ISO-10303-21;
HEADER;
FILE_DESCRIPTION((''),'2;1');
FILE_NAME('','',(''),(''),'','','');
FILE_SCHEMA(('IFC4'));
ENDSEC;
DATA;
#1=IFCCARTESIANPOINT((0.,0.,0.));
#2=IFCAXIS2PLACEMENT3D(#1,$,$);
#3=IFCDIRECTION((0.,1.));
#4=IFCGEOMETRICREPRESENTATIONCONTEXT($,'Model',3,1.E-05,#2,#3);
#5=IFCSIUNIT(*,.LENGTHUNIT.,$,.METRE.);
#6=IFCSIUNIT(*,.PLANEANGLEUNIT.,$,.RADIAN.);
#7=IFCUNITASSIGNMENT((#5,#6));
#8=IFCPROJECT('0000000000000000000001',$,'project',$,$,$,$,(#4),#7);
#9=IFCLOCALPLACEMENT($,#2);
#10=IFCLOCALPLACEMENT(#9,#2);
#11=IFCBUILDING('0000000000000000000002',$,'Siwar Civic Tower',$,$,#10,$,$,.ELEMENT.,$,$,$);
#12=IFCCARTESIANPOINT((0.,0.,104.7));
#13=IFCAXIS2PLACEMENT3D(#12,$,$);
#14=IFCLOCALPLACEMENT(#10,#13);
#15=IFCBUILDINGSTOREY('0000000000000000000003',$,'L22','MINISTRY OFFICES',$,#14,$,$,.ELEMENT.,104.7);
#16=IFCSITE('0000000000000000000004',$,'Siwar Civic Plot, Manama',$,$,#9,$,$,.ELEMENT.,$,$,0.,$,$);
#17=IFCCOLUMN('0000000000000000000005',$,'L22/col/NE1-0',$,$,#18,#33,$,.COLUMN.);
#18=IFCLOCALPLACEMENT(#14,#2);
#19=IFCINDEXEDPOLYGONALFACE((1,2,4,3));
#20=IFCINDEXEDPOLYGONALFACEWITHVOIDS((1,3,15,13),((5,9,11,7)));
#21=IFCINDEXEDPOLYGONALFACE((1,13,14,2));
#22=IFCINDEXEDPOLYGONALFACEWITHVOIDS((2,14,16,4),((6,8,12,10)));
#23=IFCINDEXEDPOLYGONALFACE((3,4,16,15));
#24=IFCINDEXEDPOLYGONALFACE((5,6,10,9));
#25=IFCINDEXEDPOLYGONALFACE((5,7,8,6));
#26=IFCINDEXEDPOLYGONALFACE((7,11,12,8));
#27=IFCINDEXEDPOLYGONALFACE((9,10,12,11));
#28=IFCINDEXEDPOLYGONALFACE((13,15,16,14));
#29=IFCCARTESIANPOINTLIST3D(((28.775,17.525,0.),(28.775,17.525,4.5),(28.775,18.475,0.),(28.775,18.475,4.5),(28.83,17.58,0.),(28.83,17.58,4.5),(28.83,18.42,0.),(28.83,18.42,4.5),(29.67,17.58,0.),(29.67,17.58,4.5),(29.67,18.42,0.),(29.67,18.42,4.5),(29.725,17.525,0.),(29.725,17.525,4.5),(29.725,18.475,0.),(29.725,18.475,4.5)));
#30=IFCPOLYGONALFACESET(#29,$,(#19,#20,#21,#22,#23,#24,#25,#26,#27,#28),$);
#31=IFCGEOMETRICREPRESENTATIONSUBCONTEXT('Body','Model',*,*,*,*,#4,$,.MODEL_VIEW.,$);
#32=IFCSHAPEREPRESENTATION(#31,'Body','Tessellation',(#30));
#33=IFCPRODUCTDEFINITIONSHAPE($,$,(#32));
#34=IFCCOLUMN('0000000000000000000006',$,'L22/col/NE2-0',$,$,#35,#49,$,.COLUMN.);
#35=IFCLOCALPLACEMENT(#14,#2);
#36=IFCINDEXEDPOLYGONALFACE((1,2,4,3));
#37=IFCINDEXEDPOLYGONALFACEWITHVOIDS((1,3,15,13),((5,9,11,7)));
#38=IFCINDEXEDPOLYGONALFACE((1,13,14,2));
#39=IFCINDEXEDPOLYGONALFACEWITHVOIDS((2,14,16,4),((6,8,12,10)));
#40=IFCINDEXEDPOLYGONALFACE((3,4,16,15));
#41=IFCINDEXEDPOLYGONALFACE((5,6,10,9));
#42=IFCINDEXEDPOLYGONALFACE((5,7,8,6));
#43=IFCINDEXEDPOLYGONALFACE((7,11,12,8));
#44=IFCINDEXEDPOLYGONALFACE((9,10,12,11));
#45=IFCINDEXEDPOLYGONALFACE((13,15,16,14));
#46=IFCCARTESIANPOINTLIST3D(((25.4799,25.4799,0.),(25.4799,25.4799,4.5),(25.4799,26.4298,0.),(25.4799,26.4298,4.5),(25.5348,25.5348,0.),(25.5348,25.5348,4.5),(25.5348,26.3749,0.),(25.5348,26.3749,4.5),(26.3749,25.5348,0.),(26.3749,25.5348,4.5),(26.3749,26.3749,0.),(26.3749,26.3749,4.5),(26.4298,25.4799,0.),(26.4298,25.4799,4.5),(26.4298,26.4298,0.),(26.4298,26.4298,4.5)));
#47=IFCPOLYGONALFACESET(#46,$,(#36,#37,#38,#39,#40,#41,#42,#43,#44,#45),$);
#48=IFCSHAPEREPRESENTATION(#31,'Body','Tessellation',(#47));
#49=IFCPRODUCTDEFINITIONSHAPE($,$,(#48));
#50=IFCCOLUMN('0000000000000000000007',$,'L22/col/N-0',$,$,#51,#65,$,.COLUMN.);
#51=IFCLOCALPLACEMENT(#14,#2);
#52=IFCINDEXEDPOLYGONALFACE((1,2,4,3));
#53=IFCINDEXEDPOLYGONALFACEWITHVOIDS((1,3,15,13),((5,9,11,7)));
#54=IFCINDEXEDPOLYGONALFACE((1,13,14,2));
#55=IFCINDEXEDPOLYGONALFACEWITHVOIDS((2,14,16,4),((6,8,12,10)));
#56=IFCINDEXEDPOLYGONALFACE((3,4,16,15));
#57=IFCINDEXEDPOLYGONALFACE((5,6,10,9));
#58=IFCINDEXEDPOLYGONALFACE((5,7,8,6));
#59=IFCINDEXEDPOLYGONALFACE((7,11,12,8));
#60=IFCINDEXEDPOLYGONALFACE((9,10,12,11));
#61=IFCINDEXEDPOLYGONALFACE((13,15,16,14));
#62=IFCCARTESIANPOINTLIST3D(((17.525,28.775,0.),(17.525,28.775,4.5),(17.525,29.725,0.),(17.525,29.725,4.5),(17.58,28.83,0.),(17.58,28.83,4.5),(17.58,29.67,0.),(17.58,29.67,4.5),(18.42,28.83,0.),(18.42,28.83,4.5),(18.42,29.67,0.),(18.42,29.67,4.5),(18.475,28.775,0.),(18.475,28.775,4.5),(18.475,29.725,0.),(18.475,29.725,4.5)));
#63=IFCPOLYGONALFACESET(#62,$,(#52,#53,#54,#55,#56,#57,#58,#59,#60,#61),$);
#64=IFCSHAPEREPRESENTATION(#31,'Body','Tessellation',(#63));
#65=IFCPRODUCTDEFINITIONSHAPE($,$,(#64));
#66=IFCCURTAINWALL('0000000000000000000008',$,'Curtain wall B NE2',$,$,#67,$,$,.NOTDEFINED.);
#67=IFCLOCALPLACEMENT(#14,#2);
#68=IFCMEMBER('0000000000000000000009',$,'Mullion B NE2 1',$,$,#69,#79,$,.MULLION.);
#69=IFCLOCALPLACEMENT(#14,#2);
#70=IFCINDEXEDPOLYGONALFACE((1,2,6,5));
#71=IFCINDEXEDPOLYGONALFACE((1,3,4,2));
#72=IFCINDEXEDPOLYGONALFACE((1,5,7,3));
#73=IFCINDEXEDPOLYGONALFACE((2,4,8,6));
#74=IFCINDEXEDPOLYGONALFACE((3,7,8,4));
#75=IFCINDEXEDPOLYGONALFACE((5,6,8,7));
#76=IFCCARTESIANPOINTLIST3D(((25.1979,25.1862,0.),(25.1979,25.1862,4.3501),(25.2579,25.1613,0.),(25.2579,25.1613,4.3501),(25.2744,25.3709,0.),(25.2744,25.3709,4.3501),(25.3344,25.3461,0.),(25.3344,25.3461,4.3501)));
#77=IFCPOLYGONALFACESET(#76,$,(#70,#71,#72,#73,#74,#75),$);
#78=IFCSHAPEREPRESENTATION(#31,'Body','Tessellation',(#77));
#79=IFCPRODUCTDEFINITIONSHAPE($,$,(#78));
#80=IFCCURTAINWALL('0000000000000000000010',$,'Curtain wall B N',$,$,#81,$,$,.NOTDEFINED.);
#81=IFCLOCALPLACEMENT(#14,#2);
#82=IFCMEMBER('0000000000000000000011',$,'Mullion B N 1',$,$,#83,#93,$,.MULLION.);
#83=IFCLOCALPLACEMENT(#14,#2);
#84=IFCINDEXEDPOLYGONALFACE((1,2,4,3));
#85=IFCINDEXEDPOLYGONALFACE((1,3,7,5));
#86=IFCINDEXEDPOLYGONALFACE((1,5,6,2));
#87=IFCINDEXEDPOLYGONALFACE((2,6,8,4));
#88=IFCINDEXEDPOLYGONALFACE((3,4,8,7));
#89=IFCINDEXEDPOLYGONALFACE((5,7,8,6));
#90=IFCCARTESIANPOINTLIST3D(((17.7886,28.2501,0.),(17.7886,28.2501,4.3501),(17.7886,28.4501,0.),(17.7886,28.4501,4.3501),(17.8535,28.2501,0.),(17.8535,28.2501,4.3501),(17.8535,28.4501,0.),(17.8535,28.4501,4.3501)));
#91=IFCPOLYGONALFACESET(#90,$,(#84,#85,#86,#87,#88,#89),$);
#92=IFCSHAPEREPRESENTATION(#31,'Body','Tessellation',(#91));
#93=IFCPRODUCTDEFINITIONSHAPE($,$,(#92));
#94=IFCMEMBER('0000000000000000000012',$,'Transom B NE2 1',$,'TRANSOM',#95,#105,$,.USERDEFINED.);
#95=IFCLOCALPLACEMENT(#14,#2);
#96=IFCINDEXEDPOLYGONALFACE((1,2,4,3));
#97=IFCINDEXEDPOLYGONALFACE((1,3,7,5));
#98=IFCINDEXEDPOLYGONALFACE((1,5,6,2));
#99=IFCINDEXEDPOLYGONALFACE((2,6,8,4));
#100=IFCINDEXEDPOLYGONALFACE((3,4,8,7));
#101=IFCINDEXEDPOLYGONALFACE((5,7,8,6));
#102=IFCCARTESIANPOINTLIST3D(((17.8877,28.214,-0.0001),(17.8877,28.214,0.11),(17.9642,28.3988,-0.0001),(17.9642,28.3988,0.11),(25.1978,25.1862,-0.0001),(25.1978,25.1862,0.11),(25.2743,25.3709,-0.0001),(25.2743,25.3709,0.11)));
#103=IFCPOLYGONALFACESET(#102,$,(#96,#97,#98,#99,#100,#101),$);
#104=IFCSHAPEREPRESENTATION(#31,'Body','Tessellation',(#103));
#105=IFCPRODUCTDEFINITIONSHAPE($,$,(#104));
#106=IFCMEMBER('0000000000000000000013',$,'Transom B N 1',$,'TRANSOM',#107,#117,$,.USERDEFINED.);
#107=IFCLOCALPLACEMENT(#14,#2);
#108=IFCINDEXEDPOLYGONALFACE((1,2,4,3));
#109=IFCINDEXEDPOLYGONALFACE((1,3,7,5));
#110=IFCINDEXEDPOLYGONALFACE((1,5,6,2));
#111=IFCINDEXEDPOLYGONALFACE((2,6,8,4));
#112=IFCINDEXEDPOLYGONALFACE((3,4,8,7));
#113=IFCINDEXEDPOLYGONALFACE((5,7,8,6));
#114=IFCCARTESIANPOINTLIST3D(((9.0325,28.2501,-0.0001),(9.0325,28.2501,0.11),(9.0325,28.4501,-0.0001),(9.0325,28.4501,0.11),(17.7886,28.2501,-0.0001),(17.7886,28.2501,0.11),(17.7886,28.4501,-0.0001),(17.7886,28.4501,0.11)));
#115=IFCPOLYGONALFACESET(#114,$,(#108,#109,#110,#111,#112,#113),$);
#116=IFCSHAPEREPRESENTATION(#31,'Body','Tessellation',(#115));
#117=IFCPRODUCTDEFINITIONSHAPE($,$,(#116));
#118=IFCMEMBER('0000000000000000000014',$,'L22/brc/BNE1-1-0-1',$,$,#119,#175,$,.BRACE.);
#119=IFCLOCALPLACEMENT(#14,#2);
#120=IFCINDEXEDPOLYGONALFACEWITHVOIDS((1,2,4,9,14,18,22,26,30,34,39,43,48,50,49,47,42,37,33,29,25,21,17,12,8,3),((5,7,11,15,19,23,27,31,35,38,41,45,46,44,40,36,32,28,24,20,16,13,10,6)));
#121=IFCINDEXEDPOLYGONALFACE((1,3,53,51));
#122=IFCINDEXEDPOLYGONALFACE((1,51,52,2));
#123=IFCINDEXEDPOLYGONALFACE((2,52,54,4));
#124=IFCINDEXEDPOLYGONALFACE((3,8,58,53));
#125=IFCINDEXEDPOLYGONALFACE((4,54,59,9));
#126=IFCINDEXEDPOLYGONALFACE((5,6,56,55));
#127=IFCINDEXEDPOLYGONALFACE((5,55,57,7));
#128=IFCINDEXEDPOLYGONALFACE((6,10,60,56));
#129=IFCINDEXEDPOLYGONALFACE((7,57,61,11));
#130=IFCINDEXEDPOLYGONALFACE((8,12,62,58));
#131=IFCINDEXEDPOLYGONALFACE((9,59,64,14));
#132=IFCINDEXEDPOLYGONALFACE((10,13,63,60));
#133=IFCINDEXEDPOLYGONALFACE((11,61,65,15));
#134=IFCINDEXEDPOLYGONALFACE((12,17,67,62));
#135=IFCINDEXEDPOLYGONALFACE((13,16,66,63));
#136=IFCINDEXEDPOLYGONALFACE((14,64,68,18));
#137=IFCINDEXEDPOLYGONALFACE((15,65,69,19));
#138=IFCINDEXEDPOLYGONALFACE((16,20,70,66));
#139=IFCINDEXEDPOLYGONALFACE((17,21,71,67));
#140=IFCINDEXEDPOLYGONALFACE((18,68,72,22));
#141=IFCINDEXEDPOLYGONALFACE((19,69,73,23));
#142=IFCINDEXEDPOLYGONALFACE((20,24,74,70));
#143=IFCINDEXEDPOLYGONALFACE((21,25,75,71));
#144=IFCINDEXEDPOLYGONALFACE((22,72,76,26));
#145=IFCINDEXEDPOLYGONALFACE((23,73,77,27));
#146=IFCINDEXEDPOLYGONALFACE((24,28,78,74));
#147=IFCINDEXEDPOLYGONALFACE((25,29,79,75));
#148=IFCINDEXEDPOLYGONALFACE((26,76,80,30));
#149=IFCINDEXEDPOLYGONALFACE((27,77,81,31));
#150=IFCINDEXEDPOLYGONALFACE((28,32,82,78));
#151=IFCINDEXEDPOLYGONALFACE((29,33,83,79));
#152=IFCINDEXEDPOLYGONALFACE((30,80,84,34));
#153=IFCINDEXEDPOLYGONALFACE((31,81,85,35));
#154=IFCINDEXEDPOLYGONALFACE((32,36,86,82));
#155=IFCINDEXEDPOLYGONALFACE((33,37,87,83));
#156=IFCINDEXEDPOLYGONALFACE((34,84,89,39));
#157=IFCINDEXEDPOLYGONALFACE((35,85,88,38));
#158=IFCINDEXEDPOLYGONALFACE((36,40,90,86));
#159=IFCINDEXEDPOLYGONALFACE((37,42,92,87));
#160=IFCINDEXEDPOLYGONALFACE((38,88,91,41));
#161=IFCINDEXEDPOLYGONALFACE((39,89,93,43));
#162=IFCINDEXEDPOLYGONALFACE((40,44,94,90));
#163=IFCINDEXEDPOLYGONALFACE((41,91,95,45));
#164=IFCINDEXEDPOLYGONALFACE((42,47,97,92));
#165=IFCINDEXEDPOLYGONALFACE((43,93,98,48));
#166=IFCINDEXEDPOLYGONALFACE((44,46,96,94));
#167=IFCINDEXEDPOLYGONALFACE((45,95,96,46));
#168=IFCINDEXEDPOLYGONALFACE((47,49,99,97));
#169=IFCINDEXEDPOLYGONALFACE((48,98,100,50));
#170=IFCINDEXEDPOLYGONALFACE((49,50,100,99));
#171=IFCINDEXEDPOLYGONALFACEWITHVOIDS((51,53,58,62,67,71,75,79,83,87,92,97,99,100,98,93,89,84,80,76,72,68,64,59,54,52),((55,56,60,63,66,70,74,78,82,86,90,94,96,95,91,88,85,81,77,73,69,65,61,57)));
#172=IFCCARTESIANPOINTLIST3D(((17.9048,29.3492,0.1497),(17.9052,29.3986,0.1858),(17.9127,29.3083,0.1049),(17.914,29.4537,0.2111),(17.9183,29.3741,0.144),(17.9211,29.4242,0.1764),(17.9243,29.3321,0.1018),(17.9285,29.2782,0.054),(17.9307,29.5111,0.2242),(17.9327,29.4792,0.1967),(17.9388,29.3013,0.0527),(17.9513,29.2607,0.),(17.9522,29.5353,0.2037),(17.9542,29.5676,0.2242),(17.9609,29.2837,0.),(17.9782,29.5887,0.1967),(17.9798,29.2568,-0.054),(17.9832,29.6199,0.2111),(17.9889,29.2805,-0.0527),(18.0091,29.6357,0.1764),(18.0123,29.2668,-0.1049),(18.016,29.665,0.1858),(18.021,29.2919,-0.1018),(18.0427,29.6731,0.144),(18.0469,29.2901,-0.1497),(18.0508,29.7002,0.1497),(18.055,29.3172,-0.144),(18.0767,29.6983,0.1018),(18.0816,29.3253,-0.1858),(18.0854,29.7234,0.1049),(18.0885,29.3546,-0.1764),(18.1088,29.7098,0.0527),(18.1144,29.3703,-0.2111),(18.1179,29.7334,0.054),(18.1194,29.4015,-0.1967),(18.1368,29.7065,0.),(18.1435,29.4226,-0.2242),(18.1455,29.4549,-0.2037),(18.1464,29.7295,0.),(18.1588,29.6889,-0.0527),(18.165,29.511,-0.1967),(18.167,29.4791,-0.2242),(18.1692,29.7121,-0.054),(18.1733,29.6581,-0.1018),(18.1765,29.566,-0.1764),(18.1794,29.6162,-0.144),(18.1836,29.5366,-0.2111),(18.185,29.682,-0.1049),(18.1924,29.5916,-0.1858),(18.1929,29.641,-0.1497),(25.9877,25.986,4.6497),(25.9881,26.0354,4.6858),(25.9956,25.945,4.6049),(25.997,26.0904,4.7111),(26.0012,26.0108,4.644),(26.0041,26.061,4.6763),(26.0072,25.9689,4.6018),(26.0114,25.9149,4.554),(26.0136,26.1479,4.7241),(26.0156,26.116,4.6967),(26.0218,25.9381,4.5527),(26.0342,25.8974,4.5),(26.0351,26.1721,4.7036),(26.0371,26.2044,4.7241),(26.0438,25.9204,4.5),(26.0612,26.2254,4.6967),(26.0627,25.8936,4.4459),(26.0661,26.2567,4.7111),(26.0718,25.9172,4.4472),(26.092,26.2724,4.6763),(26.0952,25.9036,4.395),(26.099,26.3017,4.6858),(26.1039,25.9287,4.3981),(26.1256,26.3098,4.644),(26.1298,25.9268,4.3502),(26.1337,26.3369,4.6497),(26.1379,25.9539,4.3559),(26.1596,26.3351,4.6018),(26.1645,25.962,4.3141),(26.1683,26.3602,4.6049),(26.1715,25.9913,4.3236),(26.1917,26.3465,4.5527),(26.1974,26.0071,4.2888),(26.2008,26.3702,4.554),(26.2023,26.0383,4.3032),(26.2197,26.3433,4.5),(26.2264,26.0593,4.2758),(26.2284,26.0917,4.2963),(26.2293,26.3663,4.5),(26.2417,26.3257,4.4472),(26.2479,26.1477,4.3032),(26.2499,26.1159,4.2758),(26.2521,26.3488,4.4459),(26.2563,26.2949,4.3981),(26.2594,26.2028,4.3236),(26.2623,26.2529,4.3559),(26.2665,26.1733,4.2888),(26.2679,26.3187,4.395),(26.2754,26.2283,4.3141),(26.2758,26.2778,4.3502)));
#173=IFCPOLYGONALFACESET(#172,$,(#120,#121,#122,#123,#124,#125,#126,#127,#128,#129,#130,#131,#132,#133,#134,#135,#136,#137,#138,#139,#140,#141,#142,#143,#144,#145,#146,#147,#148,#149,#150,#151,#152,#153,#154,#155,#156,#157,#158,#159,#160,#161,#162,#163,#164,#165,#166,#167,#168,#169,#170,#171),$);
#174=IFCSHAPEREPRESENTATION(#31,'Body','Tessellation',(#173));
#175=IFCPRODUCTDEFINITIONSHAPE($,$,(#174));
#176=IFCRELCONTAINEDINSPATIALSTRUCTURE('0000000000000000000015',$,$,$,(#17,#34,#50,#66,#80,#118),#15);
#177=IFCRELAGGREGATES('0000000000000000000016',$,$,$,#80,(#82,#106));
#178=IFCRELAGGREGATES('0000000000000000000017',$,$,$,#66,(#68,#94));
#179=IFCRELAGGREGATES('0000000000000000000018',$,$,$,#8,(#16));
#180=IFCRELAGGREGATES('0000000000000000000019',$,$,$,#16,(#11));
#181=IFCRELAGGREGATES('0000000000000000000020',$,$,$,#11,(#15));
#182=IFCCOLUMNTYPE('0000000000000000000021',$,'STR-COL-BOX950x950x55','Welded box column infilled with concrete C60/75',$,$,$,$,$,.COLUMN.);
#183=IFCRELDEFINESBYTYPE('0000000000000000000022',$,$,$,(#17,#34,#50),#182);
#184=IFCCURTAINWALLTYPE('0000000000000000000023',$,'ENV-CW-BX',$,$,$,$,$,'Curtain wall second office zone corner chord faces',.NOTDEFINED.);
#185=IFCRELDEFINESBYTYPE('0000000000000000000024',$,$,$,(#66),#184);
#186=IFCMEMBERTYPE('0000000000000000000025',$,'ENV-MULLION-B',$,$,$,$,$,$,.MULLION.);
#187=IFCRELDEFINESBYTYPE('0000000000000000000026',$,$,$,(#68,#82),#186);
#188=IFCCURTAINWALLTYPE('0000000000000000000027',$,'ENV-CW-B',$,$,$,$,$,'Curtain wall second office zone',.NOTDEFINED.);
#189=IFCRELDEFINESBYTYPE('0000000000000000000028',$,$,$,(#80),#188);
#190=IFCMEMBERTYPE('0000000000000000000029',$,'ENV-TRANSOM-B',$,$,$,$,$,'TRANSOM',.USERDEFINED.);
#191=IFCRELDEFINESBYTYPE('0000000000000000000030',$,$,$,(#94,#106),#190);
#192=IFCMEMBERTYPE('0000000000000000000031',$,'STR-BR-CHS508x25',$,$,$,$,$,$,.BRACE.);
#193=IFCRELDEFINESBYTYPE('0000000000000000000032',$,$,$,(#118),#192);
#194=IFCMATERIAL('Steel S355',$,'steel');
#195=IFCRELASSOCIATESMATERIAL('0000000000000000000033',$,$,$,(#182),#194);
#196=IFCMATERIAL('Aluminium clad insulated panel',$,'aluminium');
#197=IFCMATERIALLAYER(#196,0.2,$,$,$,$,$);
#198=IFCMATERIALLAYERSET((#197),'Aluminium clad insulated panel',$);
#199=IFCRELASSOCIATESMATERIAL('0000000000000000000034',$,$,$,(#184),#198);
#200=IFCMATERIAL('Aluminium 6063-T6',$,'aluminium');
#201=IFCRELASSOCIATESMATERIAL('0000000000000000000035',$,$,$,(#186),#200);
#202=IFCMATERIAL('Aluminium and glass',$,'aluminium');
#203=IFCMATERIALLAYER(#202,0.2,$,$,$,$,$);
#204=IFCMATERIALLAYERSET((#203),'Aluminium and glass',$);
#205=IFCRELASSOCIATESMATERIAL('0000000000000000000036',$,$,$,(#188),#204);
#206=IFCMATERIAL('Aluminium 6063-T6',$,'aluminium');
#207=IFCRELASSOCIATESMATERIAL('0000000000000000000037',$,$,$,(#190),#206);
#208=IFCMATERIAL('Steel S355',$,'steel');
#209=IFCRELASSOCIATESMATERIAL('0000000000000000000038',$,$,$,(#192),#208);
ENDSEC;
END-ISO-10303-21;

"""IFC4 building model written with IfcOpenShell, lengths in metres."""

from ifc_helpers import new_model, si_unit, direction, frame, origin, origin_2d, place, context, subcontext, project, spatial, rectangle, hollow_rectangle, hollow_circle, extrude, material, layer, layer_set, material_profile, profile_set, type_object, element, aggregate, save


model = new_model("IFC4")

# Units and contexts
model_context = context("Model", 3, precision=1e-05, world=origin(), true_north=direction((0.0, 1.0)))
body_context = subcontext(model_context, "Body", "Model", "MODEL_VIEW")
ifc_project = project(units=[si_unit("LENGTHUNIT", "METRE"), si_unit("PLANEANGLEUNIT", "RADIAN")], contexts=[model_context])

# Site, building, storey
site_placement = place(None, origin())
site = spatial("IfcSite", under=ifc_project, at=site_placement, Name="Siwar Civic Plot, Manama", CompositionType="ELEMENT", RefElevation=0.0)
building_placement = place(site_placement, origin())
building = spatial("IfcBuilding", under=site, at=building_placement, Name="Siwar Civic Tower", CompositionType="ELEMENT")
storey_placement = place(building_placement, frame((0.0, 0.0, 104.7)))
storey = spatial("IfcBuildingStorey", under=building, at=storey_placement, Name="L22", Description="MINISTRY OFFICES", CompositionType="ELEMENT", Elevation=104.7)

# Columns
ifc_material_1 = material(Name="Steel S355", Category="steel")
ifc_material_profile_1 = material_profile(ifc_material_1, hollow_rectangle(XDim=0.95, YDim=0.95, WallThickness=0.0549, at=origin_2d()), Name="BOX950x950x55")
ifc_profile_set_1 = profile_set([ifc_material_profile_1], Name="Steel S355")
column_type = type_object("IfcColumnType", Name="STR-COL-BOX950x950x55", Description="Welded box column infilled with concrete C60/75", PredefinedType="COLUMN", material=ifc_profile_set_1)
for number, where, z_axis, x_axis, name in (
    (1, (29.25, 18.0, 0.0), (0.0, 0.0, 1.0), (1.0, 0.0, 0.0), "L22/col/NE1-0"),
    (2, (25.9548, 25.9548, 0.0), (0.0, 0.0, 1.0), (1.0, 0.0, 0.0), "L22/col/NE2-0"),
    (3, (18.0, 29.25, 0.0), (0.0, 0.0, 1.0), (1.0, 0.0, 0.0), "L22/col/N-0"),
):
    element("IfcColumn", number, at=place(storey_placement, frame(where, z_axis=z_axis, x_axis=x_axis)), inside=storey, type_object=column_type, Name=name, PredefinedType="COLUMN", context=body_context, shape_type="SweptSolid", body=[
        extrude(hollow_rectangle(XDim=0.95, YDim=0.95, WallThickness=0.0549, at=origin_2d()), origin(), (0.0, 0.0, 1.0), 4.5),
    ])

# Curtain walls, members
ifc_material_2 = material(Name="Aluminium clad insulated panel", Category="aluminium")
ifc_layer_1 = layer(ifc_material_2, 0.2)
ifc_layer_set_1 = layer_set([ifc_layer_1], Name="Aluminium clad insulated panel")
curtain_wall_type_1 = type_object("IfcCurtainWallType", Name="ENV-CW-BX", ElementType="Curtain wall second office zone corner chord faces", PredefinedType="NOTDEFINED", material=ifc_layer_set_1)
curtain_wall_1_placement = place(storey_placement, origin())
curtain_wall_1 = element("IfcCurtainWall", 4, at=curtain_wall_1_placement, inside=storey, type_object=curtain_wall_type_1, Name="Curtain wall B NE2", PredefinedType="NOTDEFINED")
ifc_material_3 = material(Name="Aluminium 6063-T6", Category="aluminium")
ifc_material_profile_2 = material_profile(ifc_material_3, rectangle(XDim=0.2, YDim=0.0649, at=origin_2d()), Name="AL 200x65")
ifc_profile_set_2 = profile_set([ifc_material_profile_2], Name="Aluminium 6063-T6")
member_type_1 = type_object("IfcMemberType", Name="ENV-MULLION-B", PredefinedType="MULLION", material=ifc_profile_set_2)
member_1_placement = place(storey_placement, frame((25.2661, 25.2661, 0.0), z_axis=(0.0, 0.0, 1.0), x_axis=(-0.382683, -0.92388, 0.0)))
member_1 = element("IfcMember", 5, at=member_1_placement, type_object=member_type_1, Name="Mullion B NE2 1", PredefinedType="MULLION", context=body_context, shape_type="SweptSolid", body=[
    extrude(rectangle(XDim=0.2, YDim=0.0649, at=origin_2d()), origin(), (0.0, 0.0, 1.0), 4.3501),
])
ifc_material_4 = material(Name="Aluminium and glass", Category="aluminium")
ifc_layer_2 = layer(ifc_material_4, 0.2)
ifc_layer_set_2 = layer_set([ifc_layer_2], Name="Aluminium and glass")
curtain_wall_type_2 = type_object("IfcCurtainWallType", Name="ENV-CW-B", ElementType="Curtain wall second office zone", PredefinedType="NOTDEFINED", material=ifc_layer_set_2)
curtain_wall_2_placement = place(storey_placement, origin())
curtain_wall_2 = element("IfcCurtainWall", 6, at=curtain_wall_2_placement, inside=storey, type_object=curtain_wall_type_2, Name="Curtain wall B N", PredefinedType="NOTDEFINED")
member_2_placement = place(storey_placement, frame((17.821, 28.3501, 0.0), z_axis=(0.0, 0.0, 1.0), x_axis=(0.0, -1.0, 0.0)))
member_2 = element("IfcMember", 7, at=member_2_placement, type_object=member_type_1, Name="Mullion B N 1", PredefinedType="MULLION", context=body_context, shape_type="SweptSolid", body=[
    extrude(rectangle(XDim=0.2, YDim=0.0649, at=origin_2d()), origin(), (0.0, 0.0, 1.0), 4.3501),
])

# Members
ifc_material_5 = material(Name="Aluminium 6063-T6", Category="aluminium")
ifc_material_profile_3 = material_profile(ifc_material_5, rectangle(XDim=0.2, YDim=0.1101, at=origin_2d()), Name="AL 200x110")
ifc_profile_set_3 = profile_set([ifc_material_profile_3], Name="Aluminium 6063-T6")
member_type_2 = type_object("IfcMemberType", Name="ENV-TRANSOM-B", ElementType="TRANSOM", PredefinedType="USERDEFINED", material=ifc_profile_set_3)
member_3_placement = place(storey_placement, frame((25.2361, 25.2786, 0.0549), z_axis=(-0.923884, 0.382673, 0.0), x_axis=(-0.382673, -0.923884, 0.0)))
member_3 = element("IfcMember", 8, at=member_3_placement, type_object=member_type_2, Name="Transom B NE2 1", ObjectType="TRANSOM", PredefinedType="USERDEFINED", context=body_context, shape_type="SweptSolid", body=[
    extrude(rectangle(XDim=0.2, YDim=0.1101, at=origin_2d()), origin(), (0.0, 0.0, 1.0), 7.9124),
])
member_4_placement = place(storey_placement, frame((17.7886, 28.3501, 0.0549), z_axis=(-1.0, 0.0, 0.0), x_axis=(0.0, -1.0, 0.0)))
member_4 = element("IfcMember", 9, at=member_4_placement, type_object=member_type_2, Name="Transom B N 1", ObjectType="TRANSOM", PredefinedType="USERDEFINED", context=body_context, shape_type="SweptSolid", body=[
    extrude(rectangle(XDim=0.2, YDim=0.1101, at=origin_2d()), origin(), (0.0, 0.0, 1.0), 8.7561),
])
aggregate(curtain_wall_2, [member_2, member_4])

# Member
ifc_material_6 = material(Name="Steel S355", Category="steel")
ifc_material_profile_4 = material_profile(ifc_material_6, hollow_circle(Radius=0.2539, WallThickness=0.0249, at=origin_2d()), Name="CHS508x25")
ifc_profile_set_4 = profile_set([ifc_material_profile_4], Name="Steel S355")
member_type_3 = type_object("IfcMemberType", Name="STR-BR-CHS508x25", PredefinedType="BRACE", material=ifc_profile_set_4)
member_5_placement = place(storey_placement, frame((18.0488, 29.4951, 0.0), z_axis=(0.821143, -0.341671, 0.457149), x_axis=(0.384164, 0.923265, 0.0)))
element("IfcMember", 10, at=member_5_placement, inside=storey, type_object=member_type_3, Name="L22/brc/BNE1-1-0-1", PredefinedType="BRACE", context=body_context, shape_type="SweptSolid", body=[
    extrude(hollow_circle(Radius=0.2539, WallThickness=0.0249, at=origin_2d()), origin(), (0.0, 0.0, 1.0), 9.8435),
])

aggregate(curtain_wall_1, [member_1, member_3])

save(model, "model.ifc")
